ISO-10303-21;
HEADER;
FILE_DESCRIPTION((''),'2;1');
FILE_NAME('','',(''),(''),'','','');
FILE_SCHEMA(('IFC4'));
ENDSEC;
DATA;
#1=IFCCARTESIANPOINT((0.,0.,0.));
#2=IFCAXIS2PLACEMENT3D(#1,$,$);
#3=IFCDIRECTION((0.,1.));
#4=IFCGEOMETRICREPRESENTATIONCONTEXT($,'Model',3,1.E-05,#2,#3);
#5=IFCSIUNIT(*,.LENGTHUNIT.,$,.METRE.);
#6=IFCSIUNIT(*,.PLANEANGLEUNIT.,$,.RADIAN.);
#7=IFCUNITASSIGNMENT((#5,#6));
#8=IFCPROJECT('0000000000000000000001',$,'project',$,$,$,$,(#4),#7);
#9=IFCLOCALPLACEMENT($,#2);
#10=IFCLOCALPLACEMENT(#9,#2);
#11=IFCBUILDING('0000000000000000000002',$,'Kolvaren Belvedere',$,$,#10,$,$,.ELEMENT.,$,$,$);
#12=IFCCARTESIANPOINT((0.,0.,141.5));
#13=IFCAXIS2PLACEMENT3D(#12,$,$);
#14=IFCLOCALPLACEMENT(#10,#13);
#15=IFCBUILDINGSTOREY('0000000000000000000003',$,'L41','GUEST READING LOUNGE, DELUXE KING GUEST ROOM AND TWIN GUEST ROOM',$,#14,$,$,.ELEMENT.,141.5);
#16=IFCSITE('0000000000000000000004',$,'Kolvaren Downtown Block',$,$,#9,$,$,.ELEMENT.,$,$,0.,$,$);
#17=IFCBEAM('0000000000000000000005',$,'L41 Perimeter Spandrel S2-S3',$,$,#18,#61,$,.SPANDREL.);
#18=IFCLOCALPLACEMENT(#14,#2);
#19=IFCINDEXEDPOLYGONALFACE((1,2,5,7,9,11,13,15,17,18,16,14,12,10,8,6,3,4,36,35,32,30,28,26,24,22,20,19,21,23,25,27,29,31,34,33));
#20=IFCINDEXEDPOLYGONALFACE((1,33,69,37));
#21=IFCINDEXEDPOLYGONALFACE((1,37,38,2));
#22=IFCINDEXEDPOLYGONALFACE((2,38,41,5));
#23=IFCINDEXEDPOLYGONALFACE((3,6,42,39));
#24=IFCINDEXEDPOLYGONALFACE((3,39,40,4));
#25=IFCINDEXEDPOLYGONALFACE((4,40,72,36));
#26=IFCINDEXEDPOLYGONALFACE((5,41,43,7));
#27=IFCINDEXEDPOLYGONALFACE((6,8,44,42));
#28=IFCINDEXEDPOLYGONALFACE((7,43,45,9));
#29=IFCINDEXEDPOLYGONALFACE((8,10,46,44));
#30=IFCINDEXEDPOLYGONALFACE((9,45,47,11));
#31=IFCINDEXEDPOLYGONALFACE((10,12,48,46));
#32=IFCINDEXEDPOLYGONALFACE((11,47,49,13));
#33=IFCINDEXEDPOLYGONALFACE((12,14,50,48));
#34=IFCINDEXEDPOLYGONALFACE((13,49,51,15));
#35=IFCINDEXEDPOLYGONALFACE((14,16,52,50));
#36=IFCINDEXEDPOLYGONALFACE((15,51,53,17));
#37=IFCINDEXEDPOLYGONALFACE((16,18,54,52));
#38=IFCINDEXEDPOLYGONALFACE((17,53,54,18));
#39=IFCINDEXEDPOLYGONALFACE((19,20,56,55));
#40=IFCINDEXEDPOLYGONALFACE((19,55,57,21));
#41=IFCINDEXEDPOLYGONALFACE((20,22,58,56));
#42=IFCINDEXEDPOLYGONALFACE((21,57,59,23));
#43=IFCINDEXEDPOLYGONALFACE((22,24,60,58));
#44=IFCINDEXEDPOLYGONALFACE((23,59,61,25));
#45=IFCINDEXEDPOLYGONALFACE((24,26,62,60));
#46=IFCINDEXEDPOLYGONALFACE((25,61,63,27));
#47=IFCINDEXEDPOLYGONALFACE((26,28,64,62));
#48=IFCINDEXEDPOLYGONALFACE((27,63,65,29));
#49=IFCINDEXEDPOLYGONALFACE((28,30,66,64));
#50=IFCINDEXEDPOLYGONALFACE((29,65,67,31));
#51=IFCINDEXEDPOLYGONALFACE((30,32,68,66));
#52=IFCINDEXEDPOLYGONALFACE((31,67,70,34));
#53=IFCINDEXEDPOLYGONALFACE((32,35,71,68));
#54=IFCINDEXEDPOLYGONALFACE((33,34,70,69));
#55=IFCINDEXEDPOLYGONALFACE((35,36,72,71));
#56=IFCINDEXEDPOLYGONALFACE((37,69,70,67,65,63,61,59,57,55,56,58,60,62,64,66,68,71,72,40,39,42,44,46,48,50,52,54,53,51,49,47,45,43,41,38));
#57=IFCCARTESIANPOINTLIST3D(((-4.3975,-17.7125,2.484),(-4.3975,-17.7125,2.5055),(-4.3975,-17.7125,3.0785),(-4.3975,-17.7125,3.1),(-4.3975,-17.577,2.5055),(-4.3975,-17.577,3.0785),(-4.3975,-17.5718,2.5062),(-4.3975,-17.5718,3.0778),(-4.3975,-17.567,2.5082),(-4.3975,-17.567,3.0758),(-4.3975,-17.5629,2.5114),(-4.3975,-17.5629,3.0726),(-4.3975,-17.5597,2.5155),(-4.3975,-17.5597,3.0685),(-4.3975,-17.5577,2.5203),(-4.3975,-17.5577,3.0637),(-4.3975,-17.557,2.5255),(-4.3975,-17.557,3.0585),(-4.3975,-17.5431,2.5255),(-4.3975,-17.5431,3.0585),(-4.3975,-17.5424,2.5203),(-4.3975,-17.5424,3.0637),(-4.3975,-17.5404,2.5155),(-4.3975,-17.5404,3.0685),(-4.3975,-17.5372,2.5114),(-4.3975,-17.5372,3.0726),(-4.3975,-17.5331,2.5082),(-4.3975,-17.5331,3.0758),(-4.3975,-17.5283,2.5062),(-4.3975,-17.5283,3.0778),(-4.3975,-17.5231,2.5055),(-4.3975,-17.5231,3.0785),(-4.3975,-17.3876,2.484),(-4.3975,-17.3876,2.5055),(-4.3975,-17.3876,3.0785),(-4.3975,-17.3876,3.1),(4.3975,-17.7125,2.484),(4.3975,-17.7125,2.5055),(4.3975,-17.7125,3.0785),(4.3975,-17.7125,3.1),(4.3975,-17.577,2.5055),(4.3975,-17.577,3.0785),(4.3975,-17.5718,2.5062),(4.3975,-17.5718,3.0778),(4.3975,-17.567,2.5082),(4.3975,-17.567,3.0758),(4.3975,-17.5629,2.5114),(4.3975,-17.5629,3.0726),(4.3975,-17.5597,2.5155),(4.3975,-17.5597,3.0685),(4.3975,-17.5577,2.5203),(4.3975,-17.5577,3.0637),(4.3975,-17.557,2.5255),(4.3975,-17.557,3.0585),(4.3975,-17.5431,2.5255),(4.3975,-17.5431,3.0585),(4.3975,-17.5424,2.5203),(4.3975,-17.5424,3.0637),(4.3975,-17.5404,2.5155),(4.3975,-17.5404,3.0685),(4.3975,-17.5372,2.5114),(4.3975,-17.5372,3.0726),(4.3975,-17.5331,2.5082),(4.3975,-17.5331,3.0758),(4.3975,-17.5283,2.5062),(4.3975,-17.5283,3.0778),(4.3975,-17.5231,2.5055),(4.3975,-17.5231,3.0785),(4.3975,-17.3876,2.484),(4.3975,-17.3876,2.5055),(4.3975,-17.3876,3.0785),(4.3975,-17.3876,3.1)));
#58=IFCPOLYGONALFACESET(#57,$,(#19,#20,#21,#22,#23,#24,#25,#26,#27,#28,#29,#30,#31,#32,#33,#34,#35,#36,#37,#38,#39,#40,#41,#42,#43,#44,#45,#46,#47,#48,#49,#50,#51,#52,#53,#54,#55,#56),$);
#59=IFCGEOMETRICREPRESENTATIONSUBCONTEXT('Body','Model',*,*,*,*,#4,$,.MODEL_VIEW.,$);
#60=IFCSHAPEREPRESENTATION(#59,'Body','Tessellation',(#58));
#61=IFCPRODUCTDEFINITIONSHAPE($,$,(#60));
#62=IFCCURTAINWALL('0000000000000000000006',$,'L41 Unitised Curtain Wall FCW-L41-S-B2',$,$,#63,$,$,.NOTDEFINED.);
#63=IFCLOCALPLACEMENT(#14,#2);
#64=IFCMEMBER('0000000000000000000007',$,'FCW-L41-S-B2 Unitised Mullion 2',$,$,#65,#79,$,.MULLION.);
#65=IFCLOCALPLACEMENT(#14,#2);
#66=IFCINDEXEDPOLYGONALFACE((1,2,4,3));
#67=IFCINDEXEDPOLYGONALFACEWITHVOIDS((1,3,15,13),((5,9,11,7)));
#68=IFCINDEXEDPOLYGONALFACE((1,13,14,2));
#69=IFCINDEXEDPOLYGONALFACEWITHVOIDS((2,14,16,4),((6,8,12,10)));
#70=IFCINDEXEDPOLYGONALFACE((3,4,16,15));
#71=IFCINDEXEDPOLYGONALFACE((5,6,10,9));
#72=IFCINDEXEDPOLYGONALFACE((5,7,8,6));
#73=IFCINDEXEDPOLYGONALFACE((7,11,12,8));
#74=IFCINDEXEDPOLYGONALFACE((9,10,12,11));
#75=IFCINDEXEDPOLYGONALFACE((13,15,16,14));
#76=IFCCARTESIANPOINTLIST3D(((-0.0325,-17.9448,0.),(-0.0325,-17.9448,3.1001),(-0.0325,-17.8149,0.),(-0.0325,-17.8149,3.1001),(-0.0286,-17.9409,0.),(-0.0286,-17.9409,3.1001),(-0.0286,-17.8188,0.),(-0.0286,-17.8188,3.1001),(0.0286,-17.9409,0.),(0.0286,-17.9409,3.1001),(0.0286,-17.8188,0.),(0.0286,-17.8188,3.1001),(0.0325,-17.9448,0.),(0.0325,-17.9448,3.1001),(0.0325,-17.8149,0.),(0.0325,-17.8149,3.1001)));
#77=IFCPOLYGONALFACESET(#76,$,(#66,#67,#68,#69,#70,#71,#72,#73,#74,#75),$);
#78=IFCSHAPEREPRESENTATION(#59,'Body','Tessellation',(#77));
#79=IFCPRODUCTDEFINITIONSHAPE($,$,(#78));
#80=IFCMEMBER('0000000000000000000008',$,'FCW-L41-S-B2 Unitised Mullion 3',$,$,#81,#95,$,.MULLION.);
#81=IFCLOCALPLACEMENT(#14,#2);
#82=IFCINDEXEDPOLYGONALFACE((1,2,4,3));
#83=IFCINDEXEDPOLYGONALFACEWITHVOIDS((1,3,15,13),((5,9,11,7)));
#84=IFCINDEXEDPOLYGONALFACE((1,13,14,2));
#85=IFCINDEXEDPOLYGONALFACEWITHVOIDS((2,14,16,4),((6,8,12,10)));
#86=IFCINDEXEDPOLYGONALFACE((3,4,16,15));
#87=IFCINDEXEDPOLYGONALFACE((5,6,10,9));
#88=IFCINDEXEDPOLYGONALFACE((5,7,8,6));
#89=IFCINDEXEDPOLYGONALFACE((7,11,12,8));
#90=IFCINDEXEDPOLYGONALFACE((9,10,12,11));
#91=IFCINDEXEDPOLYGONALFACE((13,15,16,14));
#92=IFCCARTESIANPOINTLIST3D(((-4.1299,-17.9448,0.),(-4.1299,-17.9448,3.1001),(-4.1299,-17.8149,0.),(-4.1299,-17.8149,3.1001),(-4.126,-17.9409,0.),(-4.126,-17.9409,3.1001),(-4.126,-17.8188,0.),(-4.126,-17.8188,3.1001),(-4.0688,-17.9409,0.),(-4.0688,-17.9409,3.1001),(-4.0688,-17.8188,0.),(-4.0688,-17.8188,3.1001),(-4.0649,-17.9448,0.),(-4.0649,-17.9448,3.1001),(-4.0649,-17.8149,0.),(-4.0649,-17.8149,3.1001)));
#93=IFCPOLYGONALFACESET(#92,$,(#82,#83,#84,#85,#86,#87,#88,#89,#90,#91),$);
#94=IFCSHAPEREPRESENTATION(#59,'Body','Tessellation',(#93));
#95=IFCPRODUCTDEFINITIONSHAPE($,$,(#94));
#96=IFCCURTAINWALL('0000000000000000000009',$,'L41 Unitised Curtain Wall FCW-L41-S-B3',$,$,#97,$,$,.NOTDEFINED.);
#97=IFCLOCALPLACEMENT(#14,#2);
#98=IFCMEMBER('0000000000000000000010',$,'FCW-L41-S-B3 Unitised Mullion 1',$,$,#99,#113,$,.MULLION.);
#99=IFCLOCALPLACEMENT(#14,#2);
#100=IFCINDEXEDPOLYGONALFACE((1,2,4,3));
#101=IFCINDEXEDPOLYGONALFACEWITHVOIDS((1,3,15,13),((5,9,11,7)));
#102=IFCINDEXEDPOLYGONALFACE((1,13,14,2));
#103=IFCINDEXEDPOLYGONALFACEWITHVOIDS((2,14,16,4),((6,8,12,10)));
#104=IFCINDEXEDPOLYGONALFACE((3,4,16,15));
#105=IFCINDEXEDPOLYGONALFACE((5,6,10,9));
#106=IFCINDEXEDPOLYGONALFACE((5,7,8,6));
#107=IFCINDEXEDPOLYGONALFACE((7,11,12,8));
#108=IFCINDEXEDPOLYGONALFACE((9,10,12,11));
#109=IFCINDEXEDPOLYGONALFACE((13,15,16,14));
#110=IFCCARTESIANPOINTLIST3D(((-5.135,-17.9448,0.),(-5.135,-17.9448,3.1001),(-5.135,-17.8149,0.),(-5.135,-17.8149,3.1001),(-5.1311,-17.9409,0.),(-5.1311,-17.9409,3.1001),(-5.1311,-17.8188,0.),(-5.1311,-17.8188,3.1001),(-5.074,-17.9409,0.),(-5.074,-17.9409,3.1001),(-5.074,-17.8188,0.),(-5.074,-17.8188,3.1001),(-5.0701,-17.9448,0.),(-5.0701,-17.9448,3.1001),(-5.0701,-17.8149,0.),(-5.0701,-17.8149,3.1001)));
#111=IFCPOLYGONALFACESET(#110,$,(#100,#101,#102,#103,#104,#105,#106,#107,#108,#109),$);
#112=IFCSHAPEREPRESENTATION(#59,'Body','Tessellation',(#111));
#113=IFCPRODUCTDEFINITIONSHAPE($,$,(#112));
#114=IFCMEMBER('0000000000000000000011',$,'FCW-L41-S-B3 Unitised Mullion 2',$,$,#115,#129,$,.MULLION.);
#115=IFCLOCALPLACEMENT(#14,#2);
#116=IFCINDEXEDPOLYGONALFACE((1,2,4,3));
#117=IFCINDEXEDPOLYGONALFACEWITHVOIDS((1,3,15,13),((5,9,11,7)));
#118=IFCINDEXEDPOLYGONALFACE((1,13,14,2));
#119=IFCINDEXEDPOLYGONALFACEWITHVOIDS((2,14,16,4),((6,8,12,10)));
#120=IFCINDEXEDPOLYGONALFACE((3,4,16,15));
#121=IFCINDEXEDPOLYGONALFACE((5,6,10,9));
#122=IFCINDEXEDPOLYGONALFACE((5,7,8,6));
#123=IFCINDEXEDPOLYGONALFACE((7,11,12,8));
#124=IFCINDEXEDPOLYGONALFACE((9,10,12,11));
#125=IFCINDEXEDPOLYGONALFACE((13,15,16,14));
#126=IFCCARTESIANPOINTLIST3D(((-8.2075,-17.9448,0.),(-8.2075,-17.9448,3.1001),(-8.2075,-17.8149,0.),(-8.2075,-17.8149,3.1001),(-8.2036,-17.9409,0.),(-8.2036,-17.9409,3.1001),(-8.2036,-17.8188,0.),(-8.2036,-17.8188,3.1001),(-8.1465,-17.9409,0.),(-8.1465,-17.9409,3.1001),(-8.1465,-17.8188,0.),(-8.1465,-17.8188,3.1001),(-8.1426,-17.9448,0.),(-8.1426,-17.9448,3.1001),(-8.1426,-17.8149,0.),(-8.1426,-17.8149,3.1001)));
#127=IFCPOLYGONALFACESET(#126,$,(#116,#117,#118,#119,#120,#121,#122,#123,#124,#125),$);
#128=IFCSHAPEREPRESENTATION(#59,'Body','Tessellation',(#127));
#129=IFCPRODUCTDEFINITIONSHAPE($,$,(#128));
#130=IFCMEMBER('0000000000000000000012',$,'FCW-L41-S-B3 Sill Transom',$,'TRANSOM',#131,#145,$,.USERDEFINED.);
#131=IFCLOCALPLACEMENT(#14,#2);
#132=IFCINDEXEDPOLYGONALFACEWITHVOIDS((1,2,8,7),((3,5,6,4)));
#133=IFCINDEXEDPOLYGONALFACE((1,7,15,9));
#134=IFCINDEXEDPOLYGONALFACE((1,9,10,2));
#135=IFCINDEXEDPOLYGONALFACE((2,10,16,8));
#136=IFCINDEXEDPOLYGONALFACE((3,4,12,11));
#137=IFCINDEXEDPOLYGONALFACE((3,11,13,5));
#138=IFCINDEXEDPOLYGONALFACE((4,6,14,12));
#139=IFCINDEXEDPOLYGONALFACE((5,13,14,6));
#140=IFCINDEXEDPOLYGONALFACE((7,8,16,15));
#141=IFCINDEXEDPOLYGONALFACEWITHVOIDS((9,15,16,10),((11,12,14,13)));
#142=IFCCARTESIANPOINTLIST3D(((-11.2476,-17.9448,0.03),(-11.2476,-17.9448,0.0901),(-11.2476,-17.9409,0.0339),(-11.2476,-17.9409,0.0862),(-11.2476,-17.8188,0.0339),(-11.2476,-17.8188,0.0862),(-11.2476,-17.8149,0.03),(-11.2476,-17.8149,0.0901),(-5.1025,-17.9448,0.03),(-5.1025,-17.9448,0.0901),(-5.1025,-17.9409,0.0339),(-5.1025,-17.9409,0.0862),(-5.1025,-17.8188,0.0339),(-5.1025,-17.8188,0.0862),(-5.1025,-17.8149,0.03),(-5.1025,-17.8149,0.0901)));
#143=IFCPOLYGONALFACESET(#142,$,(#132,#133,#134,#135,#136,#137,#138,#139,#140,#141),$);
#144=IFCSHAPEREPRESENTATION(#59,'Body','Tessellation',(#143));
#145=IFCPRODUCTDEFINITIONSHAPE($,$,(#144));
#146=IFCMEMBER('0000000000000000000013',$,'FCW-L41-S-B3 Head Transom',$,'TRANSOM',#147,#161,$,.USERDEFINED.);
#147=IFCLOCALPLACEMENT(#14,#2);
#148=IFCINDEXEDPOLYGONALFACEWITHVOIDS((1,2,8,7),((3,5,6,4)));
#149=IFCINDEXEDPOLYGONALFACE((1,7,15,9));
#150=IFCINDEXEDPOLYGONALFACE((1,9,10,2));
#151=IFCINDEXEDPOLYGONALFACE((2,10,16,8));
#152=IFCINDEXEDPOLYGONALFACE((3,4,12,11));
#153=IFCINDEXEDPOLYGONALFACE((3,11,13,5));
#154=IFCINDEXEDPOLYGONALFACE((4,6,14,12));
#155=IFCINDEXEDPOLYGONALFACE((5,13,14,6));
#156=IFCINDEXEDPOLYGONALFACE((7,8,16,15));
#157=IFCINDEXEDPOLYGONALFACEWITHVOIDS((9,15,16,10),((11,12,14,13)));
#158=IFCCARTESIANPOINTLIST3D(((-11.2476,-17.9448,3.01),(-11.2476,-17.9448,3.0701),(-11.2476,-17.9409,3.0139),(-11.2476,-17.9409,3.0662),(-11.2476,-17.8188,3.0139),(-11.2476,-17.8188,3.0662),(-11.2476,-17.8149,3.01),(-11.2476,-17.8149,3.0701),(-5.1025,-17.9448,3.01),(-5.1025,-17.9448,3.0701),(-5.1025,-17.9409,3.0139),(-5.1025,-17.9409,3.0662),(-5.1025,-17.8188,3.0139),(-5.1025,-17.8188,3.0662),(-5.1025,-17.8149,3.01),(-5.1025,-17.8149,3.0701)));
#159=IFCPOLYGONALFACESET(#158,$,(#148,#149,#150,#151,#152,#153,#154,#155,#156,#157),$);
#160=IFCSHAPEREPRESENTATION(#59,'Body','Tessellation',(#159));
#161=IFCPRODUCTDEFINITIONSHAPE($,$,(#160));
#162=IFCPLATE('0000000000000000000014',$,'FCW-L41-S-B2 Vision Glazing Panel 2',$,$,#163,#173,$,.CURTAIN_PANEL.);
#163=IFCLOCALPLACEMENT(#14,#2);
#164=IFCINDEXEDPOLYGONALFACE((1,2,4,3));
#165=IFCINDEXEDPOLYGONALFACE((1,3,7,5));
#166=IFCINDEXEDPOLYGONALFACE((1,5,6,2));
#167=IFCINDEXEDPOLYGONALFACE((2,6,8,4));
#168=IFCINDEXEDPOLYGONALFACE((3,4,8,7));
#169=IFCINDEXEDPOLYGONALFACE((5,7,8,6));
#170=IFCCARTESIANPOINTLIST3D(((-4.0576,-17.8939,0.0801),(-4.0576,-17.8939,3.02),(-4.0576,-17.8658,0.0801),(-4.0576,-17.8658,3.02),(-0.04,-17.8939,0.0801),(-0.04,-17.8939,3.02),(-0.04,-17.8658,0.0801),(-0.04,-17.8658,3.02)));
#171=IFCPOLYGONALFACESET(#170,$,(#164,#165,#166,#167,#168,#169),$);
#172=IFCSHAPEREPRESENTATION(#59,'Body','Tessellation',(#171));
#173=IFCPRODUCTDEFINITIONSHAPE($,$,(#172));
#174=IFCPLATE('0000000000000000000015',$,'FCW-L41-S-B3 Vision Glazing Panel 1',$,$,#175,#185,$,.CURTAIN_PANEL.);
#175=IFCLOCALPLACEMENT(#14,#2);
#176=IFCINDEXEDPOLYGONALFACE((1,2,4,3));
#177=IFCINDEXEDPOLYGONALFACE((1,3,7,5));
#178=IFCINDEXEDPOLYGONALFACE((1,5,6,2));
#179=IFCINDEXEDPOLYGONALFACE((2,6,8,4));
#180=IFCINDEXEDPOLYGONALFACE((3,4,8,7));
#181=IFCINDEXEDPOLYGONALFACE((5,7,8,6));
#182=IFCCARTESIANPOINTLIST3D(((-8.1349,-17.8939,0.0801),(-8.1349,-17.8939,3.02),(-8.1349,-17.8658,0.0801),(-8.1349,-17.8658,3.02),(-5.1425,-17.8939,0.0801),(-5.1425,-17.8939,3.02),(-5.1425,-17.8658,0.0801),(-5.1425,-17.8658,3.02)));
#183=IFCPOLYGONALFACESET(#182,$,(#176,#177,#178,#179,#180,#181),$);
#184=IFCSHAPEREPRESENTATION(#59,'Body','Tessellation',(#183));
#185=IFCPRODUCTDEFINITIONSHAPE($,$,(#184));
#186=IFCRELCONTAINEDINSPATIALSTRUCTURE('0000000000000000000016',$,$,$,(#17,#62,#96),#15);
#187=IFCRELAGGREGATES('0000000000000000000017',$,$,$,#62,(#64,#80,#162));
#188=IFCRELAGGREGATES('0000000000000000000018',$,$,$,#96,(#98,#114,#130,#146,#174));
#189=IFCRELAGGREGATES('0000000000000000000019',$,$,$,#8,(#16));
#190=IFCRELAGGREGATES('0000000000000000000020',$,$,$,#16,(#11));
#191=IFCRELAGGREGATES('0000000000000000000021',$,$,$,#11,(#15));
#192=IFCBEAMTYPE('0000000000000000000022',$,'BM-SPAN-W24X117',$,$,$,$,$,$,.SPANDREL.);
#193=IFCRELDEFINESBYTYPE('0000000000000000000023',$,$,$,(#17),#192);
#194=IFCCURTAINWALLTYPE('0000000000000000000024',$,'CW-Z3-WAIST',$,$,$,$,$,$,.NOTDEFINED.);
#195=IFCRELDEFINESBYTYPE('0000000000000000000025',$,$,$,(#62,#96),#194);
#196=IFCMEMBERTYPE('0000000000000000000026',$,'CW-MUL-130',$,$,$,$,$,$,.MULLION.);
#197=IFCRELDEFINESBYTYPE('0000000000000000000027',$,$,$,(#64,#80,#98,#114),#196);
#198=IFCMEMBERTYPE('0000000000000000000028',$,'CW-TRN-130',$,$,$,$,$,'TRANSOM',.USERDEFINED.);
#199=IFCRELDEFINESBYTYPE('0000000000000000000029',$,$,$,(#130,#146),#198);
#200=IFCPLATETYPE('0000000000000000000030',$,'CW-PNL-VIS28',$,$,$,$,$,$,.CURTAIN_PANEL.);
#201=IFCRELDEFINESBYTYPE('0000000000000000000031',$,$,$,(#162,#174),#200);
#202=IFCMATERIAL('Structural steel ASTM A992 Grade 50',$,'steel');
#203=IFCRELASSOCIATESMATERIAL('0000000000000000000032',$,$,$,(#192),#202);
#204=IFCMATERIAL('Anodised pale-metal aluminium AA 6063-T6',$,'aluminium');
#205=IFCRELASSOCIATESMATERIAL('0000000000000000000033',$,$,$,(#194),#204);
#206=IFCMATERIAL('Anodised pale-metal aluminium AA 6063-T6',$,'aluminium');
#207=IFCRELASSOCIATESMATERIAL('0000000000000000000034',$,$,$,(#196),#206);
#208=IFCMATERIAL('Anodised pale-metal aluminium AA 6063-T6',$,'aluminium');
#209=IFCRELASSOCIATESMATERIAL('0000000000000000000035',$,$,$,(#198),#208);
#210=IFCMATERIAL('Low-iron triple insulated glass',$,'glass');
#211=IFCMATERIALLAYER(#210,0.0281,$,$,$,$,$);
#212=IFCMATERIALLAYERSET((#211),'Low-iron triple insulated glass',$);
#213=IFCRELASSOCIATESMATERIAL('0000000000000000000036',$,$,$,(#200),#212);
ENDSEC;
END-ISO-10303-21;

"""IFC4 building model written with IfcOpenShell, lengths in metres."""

from ifc_helpers import new_model, si_unit, direction, frame, origin, origin_2d, place, context, subcontext, project, spatial, rectangle, hollow_rectangle, i_section, extrude, material, layer, layer_set, material_profile, profile_set, type_object, element, aggregate, save


model = new_model("IFC4")

# Units and contexts
model_context = context("Model", 3, precision=1e-05, world=origin(), true_north=direction((0.0, 1.0)))
body_context = subcontext(model_context, "Body", "Model", "MODEL_VIEW")
ifc_project = project(units=[si_unit("LENGTHUNIT", "METRE"), si_unit("PLANEANGLEUNIT", "RADIAN")], contexts=[model_context])

# Site, building, storey
site_placement = place(None, origin())
site = spatial("IfcSite", under=ifc_project, at=site_placement, Name="Kolvaren Downtown Block", CompositionType="ELEMENT", RefElevation=0.0)
building_placement = place(site_placement, origin())
building = spatial("IfcBuilding", under=site, at=building_placement, Name="Kolvaren Belvedere", CompositionType="ELEMENT")
storey_placement = place(building_placement, frame((0.0, 0.0, 141.5)))
storey = spatial("IfcBuildingStorey", under=building, at=storey_placement, Name="L41", Description="GUEST READING LOUNGE, DELUXE KING GUEST ROOM AND TWIN GUEST ROOM", CompositionType="ELEMENT", Elevation=141.5)

# Beam
ifc_material_1 = material(Name="Structural steel ASTM A992 Grade 50", Category="steel")
ifc_material_profile_1 = material_profile(ifc_material_1, i_section(OverallWidth=0.325, OverallDepth=0.616, WebThickness=0.0139, FlangeThickness=0.0215, FilletRadius=0.02, at=origin_2d()), Name="W24X117")
ifc_profile_set_1 = profile_set([ifc_material_profile_1], Name="Structural steel ASTM A992 Grade 50")
beam_type_1 = type_object("IfcBeamType", Name="BM-SPAN-W24X117", PredefinedType="SPANDREL", material=ifc_profile_set_1)
beam_1_placement = place(storey_placement, frame((-4.3975, -17.55, 2.792), z_axis=(1.0, 0.0, 0.0), x_axis=(0.0, 1.0, 0.0)))
element("IfcBeam", 1, at=beam_1_placement, inside=storey, type_object=beam_type_1, Name="L41 Perimeter Spandrel S2-S3", PredefinedType="SPANDREL", context=body_context, shape_type="SweptSolid", body=[
    extrude(i_section(OverallWidth=0.325, OverallDepth=0.616, WebThickness=0.0139, FlangeThickness=0.0215, FilletRadius=0.02, at=origin_2d()), origin(), (0.0, 0.0, 1.0), 8.7949),
])

# Curtain walls, members
ifc_material_2 = material(Name="Anodised pale-metal aluminium AA 6063-T6", Category="aluminium")
curtain_wall_type = type_object("IfcCurtainWallType", Name="CW-Z3-WAIST", PredefinedType="NOTDEFINED", material=ifc_material_2)
curtain_wall_1_placement = place(storey_placement, origin())
curtain_wall_1 = element("IfcCurtainWall", 2, at=curtain_wall_1_placement, inside=storey, type_object=curtain_wall_type, Name="L41 Unitised Curtain Wall FCW-L41-S-B2", PredefinedType="NOTDEFINED")
ifc_material_3 = material(Name="Anodised pale-metal aluminium AA 6063-T6", Category="aluminium")
ifc_material_profile_2 = material_profile(ifc_material_3, hollow_rectangle(XDim=0.0649, YDim=0.1299, WallThickness=0.0039, at=origin_2d()), Name="ALU-MUL-130X65")
ifc_profile_set_2 = profile_set([ifc_material_profile_2], Name="Anodised pale-metal aluminium AA 6063-T6")
member_type_1 = type_object("IfcMemberType", Name="CW-MUL-130", PredefinedType="MULLION", material=ifc_profile_set_2)
member_1_placement = place(storey_placement, frame((0.0, -17.8799, 0.0), z_axis=(0.0, 0.0, 1.0), x_axis=(1.0, 0.0, 0.0)))
member_1 = element("IfcMember", 3, at=member_1_placement, type_object=member_type_1, Name="FCW-L41-S-B2 Unitised Mullion 2", PredefinedType="MULLION", context=body_context, shape_type="SweptSolid", body=[
    extrude(hollow_rectangle(XDim=0.0649, YDim=0.1299, WallThickness=0.0039, at=origin_2d()), origin(), (0.0, 0.0, 1.0), 3.1001),
])
member_2_placement = place(storey_placement, frame((-4.0974, -17.8799, 0.0), z_axis=(0.0, 0.0, 1.0), x_axis=(1.0, 0.0, 0.0)))
member_2 = element("IfcMember", 4, at=member_2_placement, type_object=member_type_1, Name="FCW-L41-S-B2 Unitised Mullion 3", PredefinedType="MULLION", context=body_context, shape_type="SweptSolid", body=[
    extrude(hollow_rectangle(XDim=0.0649, YDim=0.1299, WallThickness=0.0039, at=origin_2d()), origin(), (0.0, 0.0, 1.0), 3.1001),
])
curtain_wall_2_placement = place(storey_placement, origin())
curtain_wall_2 = element("IfcCurtainWall", 5, at=curtain_wall_2_placement, inside=storey, type_object=curtain_wall_type, Name="L41 Unitised Curtain Wall FCW-L41-S-B3", PredefinedType="NOTDEFINED")
member_3_placement = place(storey_placement, frame((-5.1025, -17.8799, 0.0), z_axis=(0.0, 0.0, 1.0), x_axis=(1.0, 0.0, 0.0)))
member_3 = element("IfcMember", 6, at=member_3_placement, type_object=member_type_1, Name="FCW-L41-S-B3 Unitised Mullion 1", PredefinedType="MULLION", context=body_context, shape_type="SweptSolid", body=[
    extrude(hollow_rectangle(XDim=0.0649, YDim=0.1299, WallThickness=0.0039, at=origin_2d()), origin(), (0.0, 0.0, 1.0), 3.1001),
])
member_4_placement = place(storey_placement, frame((-8.175, -17.8799, 0.0), z_axis=(0.0, 0.0, 1.0), x_axis=(1.0, 0.0, 0.0)))
member_4 = element("IfcMember", 7, at=member_4_placement, type_object=member_type_1, Name="FCW-L41-S-B3 Unitised Mullion 2", PredefinedType="MULLION", context=body_context, shape_type="SweptSolid", body=[
    extrude(hollow_rectangle(XDim=0.0649, YDim=0.1299, WallThickness=0.0039, at=origin_2d()), origin(), (0.0, 0.0, 1.0), 3.1001),
])
ifc_material_4 = material(Name="Anodised pale-metal aluminium AA 6063-T6", Category="aluminium")
ifc_material_profile_3 = material_profile(ifc_material_4, hollow_rectangle(XDim=0.0601, YDim=0.1299, WallThickness=0.0039, at=origin_2d()), Name="ALU-TRN-130X60")
ifc_profile_set_3 = profile_set([ifc_material_profile_3], Name="Anodised pale-metal aluminium AA 6063-T6")
member_type_2 = type_object("IfcMemberType", Name="CW-TRN-130", ElementType="TRANSOM", PredefinedType="USERDEFINED", material=ifc_profile_set_3)
member_5_placement = place(storey_placement, frame((-5.1025, -17.8799, 0.0601), z_axis=(-1.0, 0.0, 0.0), x_axis=(0.0, 0.0, 1.0)))
member_5 = element("IfcMember", 8, at=member_5_placement, type_object=member_type_2, Name="FCW-L41-S-B3 Sill Transom", ObjectType="TRANSOM", PredefinedType="USERDEFINED", context=body_context, shape_type="SweptSolid", body=[
    extrude(hollow_rectangle(XDim=0.0601, YDim=0.1299, WallThickness=0.0039, at=origin_2d()), origin(), (0.0, 0.0, 1.0), 6.145),
])
member_6_placement = place(storey_placement, frame((-5.1025, -17.8799, 3.04), z_axis=(-1.0, 0.0, 0.0), x_axis=(0.0, 0.0, 1.0)))
member_6 = element("IfcMember", 9, at=member_6_placement, type_object=member_type_2, Name="FCW-L41-S-B3 Head Transom", ObjectType="TRANSOM", PredefinedType="USERDEFINED", context=body_context, shape_type="SweptSolid", body=[
    extrude(hollow_rectangle(XDim=0.0601, YDim=0.1299, WallThickness=0.0039, at=origin_2d()), origin(), (0.0, 0.0, 1.0), 6.145),
])

# Plates
ifc_material_5 = material(Name="Low-iron triple insulated glass", Category="glass")
ifc_layer_1 = layer(ifc_material_5, 0.0281)
ifc_layer_set_1 = layer_set([ifc_layer_1], Name="Low-iron triple insulated glass")
plate_type_1 = type_object("IfcPlateType", Name="CW-PNL-VIS28", PredefinedType="CURTAIN_PANEL", material=ifc_layer_set_1)
plate_1_placement = place(storey_placement, frame((-2.0488, -17.8799, 0.0801), z_axis=(0.0, 0.0, 1.0), x_axis=(-1.0, 0.0, 0.0)))
plate_1 = element("IfcPlate", 10, at=plate_1_placement, type_object=plate_type_1, Name="FCW-L41-S-B2 Vision Glazing Panel 2", PredefinedType="CURTAIN_PANEL", context=body_context, shape_type="SweptSolid", body=[
    extrude(rectangle(XDim=4.0176, YDim=0.0281, at=origin_2d()), origin(), (0.0, 0.0, 1.0), 2.9399),
])
aggregate(curtain_wall_1, [member_1, member_2, plate_1])
plate_2_placement = place(storey_placement, frame((-6.6387, -17.8799, 0.0801), z_axis=(0.0, 0.0, 1.0), x_axis=(-1.0, 0.0, 0.0)))
plate_2 = element("IfcPlate", 11, at=plate_2_placement, type_object=plate_type_1, Name="FCW-L41-S-B3 Vision Glazing Panel 1", PredefinedType="CURTAIN_PANEL", context=body_context, shape_type="SweptSolid", body=[
    extrude(rectangle(XDim=2.9924, YDim=0.0281, at=origin_2d()), origin(), (0.0, 0.0, 1.0), 2.9399),
])
aggregate(curtain_wall_2, [member_3, member_4, member_5, member_6, plate_2])

save(model, "model.ifc")
